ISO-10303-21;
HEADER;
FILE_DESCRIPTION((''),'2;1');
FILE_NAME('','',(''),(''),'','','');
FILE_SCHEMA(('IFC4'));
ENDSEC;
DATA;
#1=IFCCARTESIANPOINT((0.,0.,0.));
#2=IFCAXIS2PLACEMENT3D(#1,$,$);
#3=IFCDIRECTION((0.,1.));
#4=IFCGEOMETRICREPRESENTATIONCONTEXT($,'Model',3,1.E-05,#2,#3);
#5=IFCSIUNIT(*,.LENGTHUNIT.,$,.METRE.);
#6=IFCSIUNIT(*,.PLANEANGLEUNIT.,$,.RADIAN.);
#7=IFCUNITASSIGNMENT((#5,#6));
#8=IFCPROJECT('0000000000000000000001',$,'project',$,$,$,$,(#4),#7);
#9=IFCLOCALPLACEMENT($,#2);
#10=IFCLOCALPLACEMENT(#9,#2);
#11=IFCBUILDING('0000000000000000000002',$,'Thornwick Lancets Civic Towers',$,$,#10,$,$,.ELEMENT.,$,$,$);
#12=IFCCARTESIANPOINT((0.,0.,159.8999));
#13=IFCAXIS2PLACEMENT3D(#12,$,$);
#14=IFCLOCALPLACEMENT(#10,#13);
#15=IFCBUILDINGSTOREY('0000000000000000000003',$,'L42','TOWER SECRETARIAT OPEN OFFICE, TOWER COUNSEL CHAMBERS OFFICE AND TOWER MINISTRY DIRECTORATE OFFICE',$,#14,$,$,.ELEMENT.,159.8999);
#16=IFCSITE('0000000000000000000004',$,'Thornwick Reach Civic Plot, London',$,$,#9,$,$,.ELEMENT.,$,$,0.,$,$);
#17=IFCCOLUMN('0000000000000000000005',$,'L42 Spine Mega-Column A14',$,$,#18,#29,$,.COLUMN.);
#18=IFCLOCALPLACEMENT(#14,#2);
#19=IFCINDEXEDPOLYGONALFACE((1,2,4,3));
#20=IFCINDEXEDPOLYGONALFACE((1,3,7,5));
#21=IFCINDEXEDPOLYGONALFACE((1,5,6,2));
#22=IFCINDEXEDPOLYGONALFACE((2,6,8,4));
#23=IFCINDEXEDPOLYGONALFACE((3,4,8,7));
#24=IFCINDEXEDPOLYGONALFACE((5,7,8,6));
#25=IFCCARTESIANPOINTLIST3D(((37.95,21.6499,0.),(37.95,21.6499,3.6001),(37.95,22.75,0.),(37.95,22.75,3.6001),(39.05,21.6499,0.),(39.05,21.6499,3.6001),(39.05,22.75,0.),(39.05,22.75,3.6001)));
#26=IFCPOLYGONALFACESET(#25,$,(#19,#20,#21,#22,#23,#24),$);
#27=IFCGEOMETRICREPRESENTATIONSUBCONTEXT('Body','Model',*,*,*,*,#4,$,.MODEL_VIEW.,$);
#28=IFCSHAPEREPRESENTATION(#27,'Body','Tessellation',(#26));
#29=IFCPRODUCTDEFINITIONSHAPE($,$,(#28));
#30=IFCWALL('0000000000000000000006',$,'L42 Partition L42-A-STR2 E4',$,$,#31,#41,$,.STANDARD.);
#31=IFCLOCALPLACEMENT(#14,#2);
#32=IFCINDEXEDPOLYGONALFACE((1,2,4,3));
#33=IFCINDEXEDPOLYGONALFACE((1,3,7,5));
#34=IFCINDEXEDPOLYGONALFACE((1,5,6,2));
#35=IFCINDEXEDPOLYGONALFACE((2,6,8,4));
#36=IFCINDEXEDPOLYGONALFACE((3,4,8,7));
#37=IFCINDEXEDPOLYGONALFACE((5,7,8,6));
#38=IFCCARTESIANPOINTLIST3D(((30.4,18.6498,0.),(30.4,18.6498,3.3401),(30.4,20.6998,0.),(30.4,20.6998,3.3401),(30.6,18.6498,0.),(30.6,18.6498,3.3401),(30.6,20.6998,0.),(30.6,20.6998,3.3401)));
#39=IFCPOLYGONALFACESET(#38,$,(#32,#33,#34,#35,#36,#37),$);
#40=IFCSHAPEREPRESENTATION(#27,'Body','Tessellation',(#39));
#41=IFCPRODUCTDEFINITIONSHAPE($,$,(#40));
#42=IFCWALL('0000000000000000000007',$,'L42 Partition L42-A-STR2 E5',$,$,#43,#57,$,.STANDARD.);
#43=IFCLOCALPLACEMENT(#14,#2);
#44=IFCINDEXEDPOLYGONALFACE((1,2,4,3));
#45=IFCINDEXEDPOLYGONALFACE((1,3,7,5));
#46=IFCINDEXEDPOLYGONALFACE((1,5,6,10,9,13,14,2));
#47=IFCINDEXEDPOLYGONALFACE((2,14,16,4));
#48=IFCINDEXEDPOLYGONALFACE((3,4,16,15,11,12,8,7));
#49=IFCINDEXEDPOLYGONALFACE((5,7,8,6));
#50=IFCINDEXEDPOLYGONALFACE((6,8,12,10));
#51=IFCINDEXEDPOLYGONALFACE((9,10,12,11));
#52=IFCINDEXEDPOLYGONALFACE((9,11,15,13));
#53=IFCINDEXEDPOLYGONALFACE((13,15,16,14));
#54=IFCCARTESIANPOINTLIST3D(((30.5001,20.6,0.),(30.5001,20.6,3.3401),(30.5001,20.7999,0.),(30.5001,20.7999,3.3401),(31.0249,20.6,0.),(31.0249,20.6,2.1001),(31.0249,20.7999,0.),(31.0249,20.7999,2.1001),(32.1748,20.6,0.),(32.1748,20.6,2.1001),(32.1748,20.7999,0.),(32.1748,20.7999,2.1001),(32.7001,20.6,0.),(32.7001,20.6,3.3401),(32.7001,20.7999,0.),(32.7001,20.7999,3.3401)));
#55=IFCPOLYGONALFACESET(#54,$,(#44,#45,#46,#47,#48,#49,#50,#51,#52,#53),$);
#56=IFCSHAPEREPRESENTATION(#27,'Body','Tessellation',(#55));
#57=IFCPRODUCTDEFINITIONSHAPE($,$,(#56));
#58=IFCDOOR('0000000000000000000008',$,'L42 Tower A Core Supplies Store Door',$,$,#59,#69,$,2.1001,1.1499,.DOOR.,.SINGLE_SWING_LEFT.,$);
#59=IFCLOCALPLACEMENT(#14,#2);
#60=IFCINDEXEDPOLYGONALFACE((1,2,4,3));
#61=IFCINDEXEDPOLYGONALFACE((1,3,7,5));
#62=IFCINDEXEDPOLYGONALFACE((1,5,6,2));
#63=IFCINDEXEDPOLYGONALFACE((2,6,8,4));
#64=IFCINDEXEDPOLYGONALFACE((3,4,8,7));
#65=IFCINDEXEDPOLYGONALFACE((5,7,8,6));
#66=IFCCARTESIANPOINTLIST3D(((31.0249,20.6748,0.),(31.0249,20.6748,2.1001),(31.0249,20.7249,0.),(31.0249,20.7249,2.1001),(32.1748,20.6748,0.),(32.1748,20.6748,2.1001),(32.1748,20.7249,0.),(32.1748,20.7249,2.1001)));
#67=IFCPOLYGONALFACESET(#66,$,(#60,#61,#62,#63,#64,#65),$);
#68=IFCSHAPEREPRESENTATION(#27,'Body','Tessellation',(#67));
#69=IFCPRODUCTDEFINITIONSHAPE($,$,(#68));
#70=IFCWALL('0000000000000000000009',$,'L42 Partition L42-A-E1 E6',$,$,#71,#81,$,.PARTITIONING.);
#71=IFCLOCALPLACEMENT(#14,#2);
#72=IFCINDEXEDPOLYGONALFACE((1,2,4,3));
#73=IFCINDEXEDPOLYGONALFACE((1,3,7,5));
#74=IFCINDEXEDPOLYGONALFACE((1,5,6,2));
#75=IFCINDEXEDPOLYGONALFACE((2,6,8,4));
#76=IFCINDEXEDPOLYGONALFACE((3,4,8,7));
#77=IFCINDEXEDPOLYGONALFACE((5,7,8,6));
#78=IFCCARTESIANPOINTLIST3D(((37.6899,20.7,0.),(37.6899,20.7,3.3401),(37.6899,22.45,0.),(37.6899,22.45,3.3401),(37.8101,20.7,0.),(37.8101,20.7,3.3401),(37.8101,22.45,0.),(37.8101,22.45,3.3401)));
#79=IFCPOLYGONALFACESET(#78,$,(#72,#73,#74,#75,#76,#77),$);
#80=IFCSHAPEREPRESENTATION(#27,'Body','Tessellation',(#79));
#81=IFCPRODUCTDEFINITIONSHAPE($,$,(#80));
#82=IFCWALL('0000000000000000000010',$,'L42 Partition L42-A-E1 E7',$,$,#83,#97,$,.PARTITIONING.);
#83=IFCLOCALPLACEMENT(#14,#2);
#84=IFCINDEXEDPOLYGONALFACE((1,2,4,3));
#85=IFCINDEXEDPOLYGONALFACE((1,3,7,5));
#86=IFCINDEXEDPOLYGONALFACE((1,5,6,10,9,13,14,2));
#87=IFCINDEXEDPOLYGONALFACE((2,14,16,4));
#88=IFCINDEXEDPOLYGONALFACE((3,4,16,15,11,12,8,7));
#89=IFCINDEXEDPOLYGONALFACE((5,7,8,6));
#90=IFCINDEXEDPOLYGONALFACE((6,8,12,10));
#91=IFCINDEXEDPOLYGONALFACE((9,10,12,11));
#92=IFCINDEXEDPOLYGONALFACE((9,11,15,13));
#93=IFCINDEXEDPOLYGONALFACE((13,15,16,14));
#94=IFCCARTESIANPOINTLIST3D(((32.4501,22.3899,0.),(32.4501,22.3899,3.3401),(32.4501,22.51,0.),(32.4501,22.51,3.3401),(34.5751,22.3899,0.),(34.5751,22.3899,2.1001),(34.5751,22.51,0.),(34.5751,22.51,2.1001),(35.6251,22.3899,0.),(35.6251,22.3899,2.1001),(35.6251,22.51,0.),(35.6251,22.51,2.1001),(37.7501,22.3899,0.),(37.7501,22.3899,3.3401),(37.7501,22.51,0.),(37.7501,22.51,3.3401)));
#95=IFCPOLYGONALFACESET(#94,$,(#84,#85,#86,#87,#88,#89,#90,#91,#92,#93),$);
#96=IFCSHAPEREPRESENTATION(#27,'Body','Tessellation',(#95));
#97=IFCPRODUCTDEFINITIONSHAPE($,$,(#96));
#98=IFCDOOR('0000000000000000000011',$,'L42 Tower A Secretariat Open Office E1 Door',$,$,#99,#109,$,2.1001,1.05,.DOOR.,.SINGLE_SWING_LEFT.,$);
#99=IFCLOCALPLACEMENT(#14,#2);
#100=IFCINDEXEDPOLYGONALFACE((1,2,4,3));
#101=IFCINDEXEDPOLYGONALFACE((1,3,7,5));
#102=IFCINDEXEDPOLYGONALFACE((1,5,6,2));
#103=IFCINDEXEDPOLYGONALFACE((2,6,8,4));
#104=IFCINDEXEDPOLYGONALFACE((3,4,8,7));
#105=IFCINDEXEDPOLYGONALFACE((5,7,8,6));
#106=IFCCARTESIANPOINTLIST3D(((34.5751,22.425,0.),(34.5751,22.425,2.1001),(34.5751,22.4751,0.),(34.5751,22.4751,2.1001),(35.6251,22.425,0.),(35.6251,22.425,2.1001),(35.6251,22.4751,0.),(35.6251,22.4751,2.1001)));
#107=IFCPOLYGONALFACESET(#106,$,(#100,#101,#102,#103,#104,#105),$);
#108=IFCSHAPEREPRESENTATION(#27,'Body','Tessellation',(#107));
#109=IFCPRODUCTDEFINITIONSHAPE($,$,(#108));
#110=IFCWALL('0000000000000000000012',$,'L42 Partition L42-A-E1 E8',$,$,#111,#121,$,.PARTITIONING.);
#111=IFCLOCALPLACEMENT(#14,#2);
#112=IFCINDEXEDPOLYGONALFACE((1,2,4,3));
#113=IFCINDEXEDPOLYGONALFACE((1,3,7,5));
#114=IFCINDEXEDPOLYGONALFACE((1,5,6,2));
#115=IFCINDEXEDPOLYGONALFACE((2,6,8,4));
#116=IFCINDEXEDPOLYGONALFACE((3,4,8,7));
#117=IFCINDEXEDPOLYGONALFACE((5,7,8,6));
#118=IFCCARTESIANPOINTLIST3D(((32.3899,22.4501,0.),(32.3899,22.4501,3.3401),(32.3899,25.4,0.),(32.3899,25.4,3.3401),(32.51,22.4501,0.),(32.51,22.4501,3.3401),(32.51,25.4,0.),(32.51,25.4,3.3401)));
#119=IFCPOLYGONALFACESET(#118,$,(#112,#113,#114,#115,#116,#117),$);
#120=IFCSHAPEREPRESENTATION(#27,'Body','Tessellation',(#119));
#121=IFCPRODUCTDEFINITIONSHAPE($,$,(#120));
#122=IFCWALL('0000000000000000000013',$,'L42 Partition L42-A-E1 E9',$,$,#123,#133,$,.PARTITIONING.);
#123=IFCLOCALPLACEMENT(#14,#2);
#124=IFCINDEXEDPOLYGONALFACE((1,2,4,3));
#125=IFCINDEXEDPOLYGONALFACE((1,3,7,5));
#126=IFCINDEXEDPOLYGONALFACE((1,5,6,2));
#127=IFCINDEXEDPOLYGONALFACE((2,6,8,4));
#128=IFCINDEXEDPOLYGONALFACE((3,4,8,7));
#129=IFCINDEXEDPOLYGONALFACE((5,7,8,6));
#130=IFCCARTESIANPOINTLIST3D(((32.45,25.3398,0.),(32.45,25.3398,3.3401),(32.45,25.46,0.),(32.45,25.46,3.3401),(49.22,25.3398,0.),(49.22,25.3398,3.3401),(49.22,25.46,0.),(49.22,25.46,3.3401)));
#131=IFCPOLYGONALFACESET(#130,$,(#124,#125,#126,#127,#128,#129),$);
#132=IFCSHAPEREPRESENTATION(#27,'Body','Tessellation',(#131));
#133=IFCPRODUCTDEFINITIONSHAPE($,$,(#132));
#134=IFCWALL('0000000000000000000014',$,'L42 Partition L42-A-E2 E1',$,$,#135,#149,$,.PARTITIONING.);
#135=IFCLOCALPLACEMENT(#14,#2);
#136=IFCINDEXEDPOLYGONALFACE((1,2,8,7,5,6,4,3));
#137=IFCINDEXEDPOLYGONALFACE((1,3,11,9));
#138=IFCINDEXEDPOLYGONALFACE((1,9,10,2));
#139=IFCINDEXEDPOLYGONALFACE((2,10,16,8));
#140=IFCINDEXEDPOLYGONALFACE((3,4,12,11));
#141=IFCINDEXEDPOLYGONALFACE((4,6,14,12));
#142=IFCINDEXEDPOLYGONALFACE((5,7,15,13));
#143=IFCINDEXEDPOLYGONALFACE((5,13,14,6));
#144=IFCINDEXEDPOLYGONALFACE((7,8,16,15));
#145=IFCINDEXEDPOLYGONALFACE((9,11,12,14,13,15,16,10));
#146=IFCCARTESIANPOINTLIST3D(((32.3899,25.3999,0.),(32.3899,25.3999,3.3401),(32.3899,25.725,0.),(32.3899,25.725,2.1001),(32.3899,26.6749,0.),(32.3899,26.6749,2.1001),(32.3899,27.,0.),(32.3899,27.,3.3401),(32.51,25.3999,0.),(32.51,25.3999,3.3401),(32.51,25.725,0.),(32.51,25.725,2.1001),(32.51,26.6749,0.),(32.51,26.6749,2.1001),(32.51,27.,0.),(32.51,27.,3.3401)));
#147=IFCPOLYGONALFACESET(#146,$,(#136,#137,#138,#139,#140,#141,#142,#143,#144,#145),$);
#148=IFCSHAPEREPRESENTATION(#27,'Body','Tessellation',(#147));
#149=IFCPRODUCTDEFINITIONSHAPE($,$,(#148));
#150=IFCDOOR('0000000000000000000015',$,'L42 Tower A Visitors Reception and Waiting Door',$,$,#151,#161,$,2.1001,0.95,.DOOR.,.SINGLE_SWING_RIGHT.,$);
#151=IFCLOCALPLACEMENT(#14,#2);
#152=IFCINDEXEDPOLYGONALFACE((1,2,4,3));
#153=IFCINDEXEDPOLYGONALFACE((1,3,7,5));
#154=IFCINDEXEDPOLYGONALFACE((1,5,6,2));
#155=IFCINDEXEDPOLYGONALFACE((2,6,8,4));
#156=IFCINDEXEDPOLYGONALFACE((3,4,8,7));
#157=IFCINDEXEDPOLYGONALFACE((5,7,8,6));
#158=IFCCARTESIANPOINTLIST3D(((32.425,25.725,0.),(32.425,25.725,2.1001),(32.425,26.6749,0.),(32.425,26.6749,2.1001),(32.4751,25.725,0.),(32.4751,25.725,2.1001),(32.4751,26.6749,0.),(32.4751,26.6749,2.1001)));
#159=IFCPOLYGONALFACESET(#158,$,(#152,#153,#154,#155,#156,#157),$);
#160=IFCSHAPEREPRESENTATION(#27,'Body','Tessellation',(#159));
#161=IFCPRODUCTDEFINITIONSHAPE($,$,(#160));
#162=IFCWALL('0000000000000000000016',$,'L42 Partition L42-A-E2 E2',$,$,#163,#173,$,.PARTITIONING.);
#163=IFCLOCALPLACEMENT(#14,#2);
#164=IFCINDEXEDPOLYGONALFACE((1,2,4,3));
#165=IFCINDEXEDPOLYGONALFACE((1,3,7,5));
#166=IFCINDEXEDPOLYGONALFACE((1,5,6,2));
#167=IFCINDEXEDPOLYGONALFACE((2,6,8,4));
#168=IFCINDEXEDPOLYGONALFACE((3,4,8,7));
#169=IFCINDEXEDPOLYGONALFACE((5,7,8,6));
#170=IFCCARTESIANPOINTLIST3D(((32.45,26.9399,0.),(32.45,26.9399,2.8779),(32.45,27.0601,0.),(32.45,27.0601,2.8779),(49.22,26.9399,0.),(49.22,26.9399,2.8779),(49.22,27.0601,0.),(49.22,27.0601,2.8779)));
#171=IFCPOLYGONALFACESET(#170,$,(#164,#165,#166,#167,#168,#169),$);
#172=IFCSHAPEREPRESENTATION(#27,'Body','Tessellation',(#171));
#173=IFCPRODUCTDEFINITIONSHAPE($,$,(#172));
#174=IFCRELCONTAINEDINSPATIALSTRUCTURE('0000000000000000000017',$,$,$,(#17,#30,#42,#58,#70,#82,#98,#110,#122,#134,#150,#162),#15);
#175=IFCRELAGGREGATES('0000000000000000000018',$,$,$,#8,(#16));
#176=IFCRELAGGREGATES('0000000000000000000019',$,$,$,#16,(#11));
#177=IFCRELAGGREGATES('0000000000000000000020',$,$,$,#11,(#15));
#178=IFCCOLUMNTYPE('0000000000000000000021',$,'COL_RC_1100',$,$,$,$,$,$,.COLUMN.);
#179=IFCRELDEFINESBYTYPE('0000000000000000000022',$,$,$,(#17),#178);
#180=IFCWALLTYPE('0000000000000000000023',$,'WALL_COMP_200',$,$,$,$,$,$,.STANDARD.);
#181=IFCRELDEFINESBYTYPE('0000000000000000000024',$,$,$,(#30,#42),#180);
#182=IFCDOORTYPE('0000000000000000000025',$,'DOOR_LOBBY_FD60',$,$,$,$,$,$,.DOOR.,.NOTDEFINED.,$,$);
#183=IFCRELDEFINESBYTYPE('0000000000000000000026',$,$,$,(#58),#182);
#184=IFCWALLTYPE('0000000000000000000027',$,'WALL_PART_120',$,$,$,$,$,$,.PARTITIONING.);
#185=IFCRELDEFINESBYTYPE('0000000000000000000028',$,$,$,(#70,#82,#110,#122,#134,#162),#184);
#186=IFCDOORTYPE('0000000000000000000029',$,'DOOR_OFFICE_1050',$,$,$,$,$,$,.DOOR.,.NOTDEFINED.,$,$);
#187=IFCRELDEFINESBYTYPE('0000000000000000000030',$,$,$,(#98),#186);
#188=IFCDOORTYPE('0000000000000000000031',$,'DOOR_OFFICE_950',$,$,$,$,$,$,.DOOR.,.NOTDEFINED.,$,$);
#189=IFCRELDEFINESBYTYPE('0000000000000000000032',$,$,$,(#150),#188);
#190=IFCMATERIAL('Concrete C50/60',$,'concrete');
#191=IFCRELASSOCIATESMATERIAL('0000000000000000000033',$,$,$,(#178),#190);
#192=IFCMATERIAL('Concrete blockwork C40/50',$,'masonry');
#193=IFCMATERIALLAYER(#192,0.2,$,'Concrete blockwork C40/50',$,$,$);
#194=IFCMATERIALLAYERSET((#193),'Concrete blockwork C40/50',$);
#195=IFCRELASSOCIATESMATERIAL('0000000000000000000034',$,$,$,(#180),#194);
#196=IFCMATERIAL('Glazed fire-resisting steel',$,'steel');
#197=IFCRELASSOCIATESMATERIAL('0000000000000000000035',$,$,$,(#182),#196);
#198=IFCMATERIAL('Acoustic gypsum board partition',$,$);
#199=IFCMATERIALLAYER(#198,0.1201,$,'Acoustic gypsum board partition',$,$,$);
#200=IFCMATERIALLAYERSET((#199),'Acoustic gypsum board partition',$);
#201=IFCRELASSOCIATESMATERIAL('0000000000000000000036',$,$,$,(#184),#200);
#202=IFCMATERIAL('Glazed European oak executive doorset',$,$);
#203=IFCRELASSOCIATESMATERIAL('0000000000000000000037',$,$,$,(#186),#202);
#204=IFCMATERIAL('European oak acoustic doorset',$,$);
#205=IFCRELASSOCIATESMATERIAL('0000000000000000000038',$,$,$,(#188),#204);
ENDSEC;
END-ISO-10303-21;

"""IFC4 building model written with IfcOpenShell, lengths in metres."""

from ifc_helpers import new_model, si_unit, direction, frame, frame_2d, origin, origin_2d, place, context, subcontext, project, spatial, rectangle, extrude, material, layer, layer_set, material_profile, profile_set, type_object, element, fill, save


model = new_model("IFC4")

# Units and contexts
model_context = context("Model", 3, precision=1e-05, world=origin(), true_north=direction((0.0, 1.0)))
body_context = subcontext(model_context, "Body", "Model", "MODEL_VIEW")
ifc_project = project(units=[si_unit("LENGTHUNIT", "METRE"), si_unit("PLANEANGLEUNIT", "RADIAN")], contexts=[model_context])

# Site, building, storey
site_placement = place(None, origin())
site = spatial("IfcSite", under=ifc_project, at=site_placement, Name="Thornwick Reach Civic Plot, London", CompositionType="ELEMENT", RefElevation=0.0)
building_placement = place(site_placement, origin())
building = spatial("IfcBuilding", under=site, at=building_placement, Name="Thornwick Lancets Civic Towers", CompositionType="ELEMENT")
storey_placement = place(building_placement, frame((0.0, 0.0, 159.8999)))
storey = spatial("IfcBuildingStorey", under=building, at=storey_placement, Name="L42", Description="TOWER SECRETARIAT OPEN OFFICE, TOWER COUNSEL CHAMBERS OFFICE AND TOWER MINISTRY DIRECTORATE OFFICE", CompositionType="ELEMENT", Elevation=159.8999)

# Column
ifc_material_1 = material(Name="Concrete C50/60", Category="concrete")
ifc_material_profile = material_profile(ifc_material_1, rectangle(XDim=1.1001, YDim=1.1001, at=origin_2d()), Name="RC 1100x1100")
ifc_profile_set = profile_set([ifc_material_profile], Name="Concrete C50/60")
column_type = type_object("IfcColumnType", Name="COL_RC_1100", PredefinedType="COLUMN", material=ifc_profile_set)
column_placement = place(storey_placement, frame((38.5, 22.2, 0.0), z_axis=(0.0, 0.0, 1.0), x_axis=(1.0, 0.0, 0.0)))
element("IfcColumn", 1, at=column_placement, inside=storey, type_object=column_type, Name="L42 Spine Mega-Column A14", PredefinedType="COLUMN", context=body_context, shape_type="SweptSolid", body=[
    extrude(rectangle(XDim=1.1001, YDim=1.1001, at=origin_2d()), origin(), (0.0, 0.0, 1.0), 3.6001),
])

# Wall
ifc_material_2 = material(Name="Concrete blockwork C40/50", Category="masonry")
ifc_layer_1 = layer(ifc_material_2, 0.2, Name="Concrete blockwork C40/50")
ifc_layer_set_1 = layer_set([ifc_layer_1], Name="Concrete blockwork C40/50")
wall_type_1 = type_object("IfcWallType", Name="WALL_COMP_200", PredefinedType="STANDARD", material=ifc_layer_set_1)
wall_1_placement = place(storey_placement, frame((30.5, 18.6499, 0.0), z_axis=(0.0, 0.0, 1.0), x_axis=(0.0, 1.0, 0.0)))
element("IfcWall", 2, at=wall_1_placement, inside=storey, type_object=wall_type_1, Name="L42 Partition L42-A-STR2 E4", PredefinedType="STANDARD", context=body_context, shape_type="SweptSolid", body=[
    extrude(rectangle(XDim=2.05, YDim=0.2, at=frame_2d((1.0249, 0.0))), origin(), (0.0, 0.0, 1.0), 3.3401),
])

# Wall, opening, door
wall_2_placement = place(storey_placement, frame((30.5, 20.7, 0.0), z_axis=(0.0, 0.0, 1.0), x_axis=(1.0, 0.0, 0.0)))
wall_2 = element("IfcWall", 3, at=wall_2_placement, inside=storey, type_object=wall_type_1, Name="L42 Partition L42-A-STR2 E5", PredefinedType="STANDARD", context=body_context, shape_type="SweptSolid", body=[
    extrude(rectangle(XDim=2.2, YDim=0.2, at=frame_2d((1.1001, 0.0))), origin(), (0.0, 0.0, 1.0), 3.3401),
])
opening_1_placement = place(wall_2_placement, frame((0.5249, 0.0, 0.0)))
opening_1 = element("IfcOpeningElement", 4, at=opening_1_placement, cuts=wall_2, PredefinedType="OPENING", context=body_context, shape_type="SweptSolid", body=[
    extrude(rectangle(XDim=1.1499, YDim=2.1001, at=frame_2d((0.575, 1.05))), frame((0.0, 0.1099, 0.0), z_axis=(0.0, -1.0, 0.0), x_axis=(1.0, 0.0, 0.0)), (0.0, 0.0, 1.0), 0.22),
])
ifc_material_3 = material(Name="Glazed fire-resisting steel", Category="steel")
door_type_1 = type_object("IfcDoorType", Name="DOOR_LOBBY_FD60", OperationType="NOTDEFINED", PredefinedType="DOOR", material=ifc_material_3)
door_1_placement = place(opening_1_placement, origin())
door_1 = element("IfcDoor", 5, at=door_1_placement, inside=storey, type_object=door_type_1, Name="L42 Tower A Core Supplies Store Door", OperationType="SINGLE_SWING_LEFT", OverallHeight=2.1001, OverallWidth=1.1499, PredefinedType="DOOR", context=body_context, shape_type="SweptSolid", body=[
    extrude(rectangle(XDim=1.1499, YDim=2.1001, at=frame_2d((0.575, 1.05))), frame((0.0, 0.0249, 0.0), z_axis=(0.0, -1.0, 0.0), x_axis=(1.0, 0.0, 0.0)), (0.0, 0.0, 1.0), 0.05),
])
fill(opening_1, door_1)

# Wall
ifc_material_4 = material(Name="Acoustic gypsum board partition")
ifc_layer_2 = layer(ifc_material_4, 0.1201, Name="Acoustic gypsum board partition")
ifc_layer_set_2 = layer_set([ifc_layer_2], Name="Acoustic gypsum board partition")
wall_type_2 = type_object("IfcWallType", Name="WALL_PART_120", PredefinedType="PARTITIONING", material=ifc_layer_set_2)
wall_3_placement = place(storey_placement, frame((37.75, 20.7, 0.0), z_axis=(0.0, 0.0, 1.0), x_axis=(0.0, 1.0, 0.0)))
element("IfcWall", 6, at=wall_3_placement, inside=storey, type_object=wall_type_2, Name="L42 Partition L42-A-E1 E6", PredefinedType="PARTITIONING", context=body_context, shape_type="SweptSolid", body=[
    extrude(rectangle(XDim=1.75, YDim=0.1201, at=frame_2d((0.875, 0.0))), origin(), (0.0, 0.0, 1.0), 3.3401),
])

# Wall, opening, door
wall_4_placement = place(storey_placement, frame((37.75, 22.45, 0.0), z_axis=(0.0, 0.0, 1.0), x_axis=(-1.0, 0.0, 0.0)))
wall_4 = element("IfcWall", 7, at=wall_4_placement, inside=storey, type_object=wall_type_2, Name="L42 Partition L42-A-E1 E7", PredefinedType="PARTITIONING", context=body_context, shape_type="SweptSolid", body=[
    extrude(rectangle(XDim=5.3, YDim=0.1201, at=frame_2d((2.6499, 0.0))), origin(), (0.0, 0.0, 1.0), 3.3401),
])
opening_2_placement = place(wall_4_placement, frame((2.125, 0.0, 0.0)))
opening_2 = element("IfcOpeningElement", 8, at=opening_2_placement, cuts=wall_4, PredefinedType="OPENING", context=body_context, shape_type="SweptSolid", body=[
    extrude(rectangle(XDim=1.05, YDim=2.1001, at=frame_2d((0.5249, 1.05))), frame((0.0, 0.0701, 0.0), z_axis=(0.0, -1.0, 0.0), x_axis=(1.0, 0.0, 0.0)), (0.0, 0.0, 1.0), 0.1401),
])
ifc_material_5 = material(Name="Glazed European oak executive doorset")
door_type_2 = type_object("IfcDoorType", Name="DOOR_OFFICE_1050", OperationType="NOTDEFINED", PredefinedType="DOOR", material=ifc_material_5)
door_2_placement = place(opening_2_placement, origin())
door_2 = element("IfcDoor", 9, at=door_2_placement, inside=storey, type_object=door_type_2, Name="L42 Tower A Secretariat Open Office E1 Door", OperationType="SINGLE_SWING_LEFT", OverallHeight=2.1001, OverallWidth=1.05, PredefinedType="DOOR", context=body_context, shape_type="SweptSolid", body=[
    extrude(rectangle(XDim=1.05, YDim=2.1001, at=frame_2d((0.5249, 1.05))), frame((0.0, 0.0249, 0.0), z_axis=(0.0, -1.0, 0.0), x_axis=(1.0, 0.0, 0.0)), (0.0, 0.0, 1.0), 0.05),
])
fill(opening_2, door_2)

# Walls
wall_5_placement = place(storey_placement, frame((32.45, 22.45, 0.0), z_axis=(0.0, 0.0, 1.0), x_axis=(0.0, 1.0, 0.0)))
element("IfcWall", 10, at=wall_5_placement, inside=storey, type_object=wall_type_2, Name="L42 Partition L42-A-E1 E8", PredefinedType="PARTITIONING", context=body_context, shape_type="SweptSolid", body=[
    extrude(rectangle(XDim=2.95, YDim=0.1201, at=frame_2d((1.4751, 0.0))), origin(), (0.0, 0.0, 1.0), 3.3401),
])
wall_6_placement = place(storey_placement, frame((32.45, 25.3999, 0.0), z_axis=(0.0, 0.0, 1.0), x_axis=(1.0, 0.0, 0.0)))
element("IfcWall", 11, at=wall_6_placement, inside=storey, type_object=wall_type_2, Name="L42 Partition L42-A-E1 E9", PredefinedType="PARTITIONING", context=body_context, shape_type="SweptSolid", body=[
    extrude(rectangle(XDim=16.77, YDim=0.1201, at=frame_2d((8.385, 0.0))), origin(), (0.0, 0.0, 1.0), 3.3401),
])

# Wall, opening, door
wall_7_placement = place(storey_placement, frame((32.45, 25.3999, 0.0), z_axis=(0.0, 0.0, 1.0), x_axis=(0.0, 1.0, 0.0)))
wall_7 = element("IfcWall", 12, at=wall_7_placement, inside=storey, type_object=wall_type_2, Name="L42 Partition L42-A-E2 E1", PredefinedType="PARTITIONING", context=body_context, shape_type="SweptSolid", body=[
    extrude(rectangle(XDim=1.6001, YDim=0.1201, at=frame_2d((0.8, 0.0))), origin(), (0.0, 0.0, 1.0), 3.3401),
])
opening_3_placement = place(wall_7_placement, frame((0.325, 0.0, 0.0)))
opening_3 = element("IfcOpeningElement", 13, at=opening_3_placement, cuts=wall_7, PredefinedType="OPENING", context=body_context, shape_type="SweptSolid", body=[
    extrude(rectangle(XDim=0.95, YDim=2.1001, at=frame_2d((0.4751, 1.05))), frame((0.0, 0.0701, 0.0), z_axis=(0.0, -1.0, 0.0), x_axis=(1.0, 0.0, 0.0)), (0.0, 0.0, 1.0), 0.1401),
])
ifc_material_6 = material(Name="European oak acoustic doorset")
door_type_3 = type_object("IfcDoorType", Name="DOOR_OFFICE_950", OperationType="NOTDEFINED", PredefinedType="DOOR", material=ifc_material_6)
door_3_placement = place(opening_3_placement, origin())
door_3 = element("IfcDoor", 14, at=door_3_placement, inside=storey, type_object=door_type_3, Name="L42 Tower A Visitors Reception and Waiting Door", OperationType="SINGLE_SWING_RIGHT", OverallHeight=2.1001, OverallWidth=0.95, PredefinedType="DOOR", context=body_context, shape_type="SweptSolid", body=[
    extrude(rectangle(XDim=0.95, YDim=2.1001, at=frame_2d((0.4751, 1.05))), frame((0.0, 0.0249, 0.0), z_axis=(0.0, -1.0, 0.0), x_axis=(1.0, 0.0, 0.0)), (0.0, 0.0, 1.0), 0.05),
])
fill(opening_3, door_3)

# Wall
wall_8_placement = place(storey_placement, frame((32.45, 27.0, 0.0), z_axis=(0.0, 0.0, 1.0), x_axis=(1.0, 0.0, 0.0)))
element("IfcWall", 15, at=wall_8_placement, inside=storey, type_object=wall_type_2, Name="L42 Partition L42-A-E2 E2", PredefinedType="PARTITIONING", context=body_context, shape_type="SweptSolid", body=[
    extrude(rectangle(XDim=16.77, YDim=0.1201, at=frame_2d((8.385, 0.0))), origin(), (0.0, 0.0, 1.0), 2.8779),
])

save(model, "model.ifc")
